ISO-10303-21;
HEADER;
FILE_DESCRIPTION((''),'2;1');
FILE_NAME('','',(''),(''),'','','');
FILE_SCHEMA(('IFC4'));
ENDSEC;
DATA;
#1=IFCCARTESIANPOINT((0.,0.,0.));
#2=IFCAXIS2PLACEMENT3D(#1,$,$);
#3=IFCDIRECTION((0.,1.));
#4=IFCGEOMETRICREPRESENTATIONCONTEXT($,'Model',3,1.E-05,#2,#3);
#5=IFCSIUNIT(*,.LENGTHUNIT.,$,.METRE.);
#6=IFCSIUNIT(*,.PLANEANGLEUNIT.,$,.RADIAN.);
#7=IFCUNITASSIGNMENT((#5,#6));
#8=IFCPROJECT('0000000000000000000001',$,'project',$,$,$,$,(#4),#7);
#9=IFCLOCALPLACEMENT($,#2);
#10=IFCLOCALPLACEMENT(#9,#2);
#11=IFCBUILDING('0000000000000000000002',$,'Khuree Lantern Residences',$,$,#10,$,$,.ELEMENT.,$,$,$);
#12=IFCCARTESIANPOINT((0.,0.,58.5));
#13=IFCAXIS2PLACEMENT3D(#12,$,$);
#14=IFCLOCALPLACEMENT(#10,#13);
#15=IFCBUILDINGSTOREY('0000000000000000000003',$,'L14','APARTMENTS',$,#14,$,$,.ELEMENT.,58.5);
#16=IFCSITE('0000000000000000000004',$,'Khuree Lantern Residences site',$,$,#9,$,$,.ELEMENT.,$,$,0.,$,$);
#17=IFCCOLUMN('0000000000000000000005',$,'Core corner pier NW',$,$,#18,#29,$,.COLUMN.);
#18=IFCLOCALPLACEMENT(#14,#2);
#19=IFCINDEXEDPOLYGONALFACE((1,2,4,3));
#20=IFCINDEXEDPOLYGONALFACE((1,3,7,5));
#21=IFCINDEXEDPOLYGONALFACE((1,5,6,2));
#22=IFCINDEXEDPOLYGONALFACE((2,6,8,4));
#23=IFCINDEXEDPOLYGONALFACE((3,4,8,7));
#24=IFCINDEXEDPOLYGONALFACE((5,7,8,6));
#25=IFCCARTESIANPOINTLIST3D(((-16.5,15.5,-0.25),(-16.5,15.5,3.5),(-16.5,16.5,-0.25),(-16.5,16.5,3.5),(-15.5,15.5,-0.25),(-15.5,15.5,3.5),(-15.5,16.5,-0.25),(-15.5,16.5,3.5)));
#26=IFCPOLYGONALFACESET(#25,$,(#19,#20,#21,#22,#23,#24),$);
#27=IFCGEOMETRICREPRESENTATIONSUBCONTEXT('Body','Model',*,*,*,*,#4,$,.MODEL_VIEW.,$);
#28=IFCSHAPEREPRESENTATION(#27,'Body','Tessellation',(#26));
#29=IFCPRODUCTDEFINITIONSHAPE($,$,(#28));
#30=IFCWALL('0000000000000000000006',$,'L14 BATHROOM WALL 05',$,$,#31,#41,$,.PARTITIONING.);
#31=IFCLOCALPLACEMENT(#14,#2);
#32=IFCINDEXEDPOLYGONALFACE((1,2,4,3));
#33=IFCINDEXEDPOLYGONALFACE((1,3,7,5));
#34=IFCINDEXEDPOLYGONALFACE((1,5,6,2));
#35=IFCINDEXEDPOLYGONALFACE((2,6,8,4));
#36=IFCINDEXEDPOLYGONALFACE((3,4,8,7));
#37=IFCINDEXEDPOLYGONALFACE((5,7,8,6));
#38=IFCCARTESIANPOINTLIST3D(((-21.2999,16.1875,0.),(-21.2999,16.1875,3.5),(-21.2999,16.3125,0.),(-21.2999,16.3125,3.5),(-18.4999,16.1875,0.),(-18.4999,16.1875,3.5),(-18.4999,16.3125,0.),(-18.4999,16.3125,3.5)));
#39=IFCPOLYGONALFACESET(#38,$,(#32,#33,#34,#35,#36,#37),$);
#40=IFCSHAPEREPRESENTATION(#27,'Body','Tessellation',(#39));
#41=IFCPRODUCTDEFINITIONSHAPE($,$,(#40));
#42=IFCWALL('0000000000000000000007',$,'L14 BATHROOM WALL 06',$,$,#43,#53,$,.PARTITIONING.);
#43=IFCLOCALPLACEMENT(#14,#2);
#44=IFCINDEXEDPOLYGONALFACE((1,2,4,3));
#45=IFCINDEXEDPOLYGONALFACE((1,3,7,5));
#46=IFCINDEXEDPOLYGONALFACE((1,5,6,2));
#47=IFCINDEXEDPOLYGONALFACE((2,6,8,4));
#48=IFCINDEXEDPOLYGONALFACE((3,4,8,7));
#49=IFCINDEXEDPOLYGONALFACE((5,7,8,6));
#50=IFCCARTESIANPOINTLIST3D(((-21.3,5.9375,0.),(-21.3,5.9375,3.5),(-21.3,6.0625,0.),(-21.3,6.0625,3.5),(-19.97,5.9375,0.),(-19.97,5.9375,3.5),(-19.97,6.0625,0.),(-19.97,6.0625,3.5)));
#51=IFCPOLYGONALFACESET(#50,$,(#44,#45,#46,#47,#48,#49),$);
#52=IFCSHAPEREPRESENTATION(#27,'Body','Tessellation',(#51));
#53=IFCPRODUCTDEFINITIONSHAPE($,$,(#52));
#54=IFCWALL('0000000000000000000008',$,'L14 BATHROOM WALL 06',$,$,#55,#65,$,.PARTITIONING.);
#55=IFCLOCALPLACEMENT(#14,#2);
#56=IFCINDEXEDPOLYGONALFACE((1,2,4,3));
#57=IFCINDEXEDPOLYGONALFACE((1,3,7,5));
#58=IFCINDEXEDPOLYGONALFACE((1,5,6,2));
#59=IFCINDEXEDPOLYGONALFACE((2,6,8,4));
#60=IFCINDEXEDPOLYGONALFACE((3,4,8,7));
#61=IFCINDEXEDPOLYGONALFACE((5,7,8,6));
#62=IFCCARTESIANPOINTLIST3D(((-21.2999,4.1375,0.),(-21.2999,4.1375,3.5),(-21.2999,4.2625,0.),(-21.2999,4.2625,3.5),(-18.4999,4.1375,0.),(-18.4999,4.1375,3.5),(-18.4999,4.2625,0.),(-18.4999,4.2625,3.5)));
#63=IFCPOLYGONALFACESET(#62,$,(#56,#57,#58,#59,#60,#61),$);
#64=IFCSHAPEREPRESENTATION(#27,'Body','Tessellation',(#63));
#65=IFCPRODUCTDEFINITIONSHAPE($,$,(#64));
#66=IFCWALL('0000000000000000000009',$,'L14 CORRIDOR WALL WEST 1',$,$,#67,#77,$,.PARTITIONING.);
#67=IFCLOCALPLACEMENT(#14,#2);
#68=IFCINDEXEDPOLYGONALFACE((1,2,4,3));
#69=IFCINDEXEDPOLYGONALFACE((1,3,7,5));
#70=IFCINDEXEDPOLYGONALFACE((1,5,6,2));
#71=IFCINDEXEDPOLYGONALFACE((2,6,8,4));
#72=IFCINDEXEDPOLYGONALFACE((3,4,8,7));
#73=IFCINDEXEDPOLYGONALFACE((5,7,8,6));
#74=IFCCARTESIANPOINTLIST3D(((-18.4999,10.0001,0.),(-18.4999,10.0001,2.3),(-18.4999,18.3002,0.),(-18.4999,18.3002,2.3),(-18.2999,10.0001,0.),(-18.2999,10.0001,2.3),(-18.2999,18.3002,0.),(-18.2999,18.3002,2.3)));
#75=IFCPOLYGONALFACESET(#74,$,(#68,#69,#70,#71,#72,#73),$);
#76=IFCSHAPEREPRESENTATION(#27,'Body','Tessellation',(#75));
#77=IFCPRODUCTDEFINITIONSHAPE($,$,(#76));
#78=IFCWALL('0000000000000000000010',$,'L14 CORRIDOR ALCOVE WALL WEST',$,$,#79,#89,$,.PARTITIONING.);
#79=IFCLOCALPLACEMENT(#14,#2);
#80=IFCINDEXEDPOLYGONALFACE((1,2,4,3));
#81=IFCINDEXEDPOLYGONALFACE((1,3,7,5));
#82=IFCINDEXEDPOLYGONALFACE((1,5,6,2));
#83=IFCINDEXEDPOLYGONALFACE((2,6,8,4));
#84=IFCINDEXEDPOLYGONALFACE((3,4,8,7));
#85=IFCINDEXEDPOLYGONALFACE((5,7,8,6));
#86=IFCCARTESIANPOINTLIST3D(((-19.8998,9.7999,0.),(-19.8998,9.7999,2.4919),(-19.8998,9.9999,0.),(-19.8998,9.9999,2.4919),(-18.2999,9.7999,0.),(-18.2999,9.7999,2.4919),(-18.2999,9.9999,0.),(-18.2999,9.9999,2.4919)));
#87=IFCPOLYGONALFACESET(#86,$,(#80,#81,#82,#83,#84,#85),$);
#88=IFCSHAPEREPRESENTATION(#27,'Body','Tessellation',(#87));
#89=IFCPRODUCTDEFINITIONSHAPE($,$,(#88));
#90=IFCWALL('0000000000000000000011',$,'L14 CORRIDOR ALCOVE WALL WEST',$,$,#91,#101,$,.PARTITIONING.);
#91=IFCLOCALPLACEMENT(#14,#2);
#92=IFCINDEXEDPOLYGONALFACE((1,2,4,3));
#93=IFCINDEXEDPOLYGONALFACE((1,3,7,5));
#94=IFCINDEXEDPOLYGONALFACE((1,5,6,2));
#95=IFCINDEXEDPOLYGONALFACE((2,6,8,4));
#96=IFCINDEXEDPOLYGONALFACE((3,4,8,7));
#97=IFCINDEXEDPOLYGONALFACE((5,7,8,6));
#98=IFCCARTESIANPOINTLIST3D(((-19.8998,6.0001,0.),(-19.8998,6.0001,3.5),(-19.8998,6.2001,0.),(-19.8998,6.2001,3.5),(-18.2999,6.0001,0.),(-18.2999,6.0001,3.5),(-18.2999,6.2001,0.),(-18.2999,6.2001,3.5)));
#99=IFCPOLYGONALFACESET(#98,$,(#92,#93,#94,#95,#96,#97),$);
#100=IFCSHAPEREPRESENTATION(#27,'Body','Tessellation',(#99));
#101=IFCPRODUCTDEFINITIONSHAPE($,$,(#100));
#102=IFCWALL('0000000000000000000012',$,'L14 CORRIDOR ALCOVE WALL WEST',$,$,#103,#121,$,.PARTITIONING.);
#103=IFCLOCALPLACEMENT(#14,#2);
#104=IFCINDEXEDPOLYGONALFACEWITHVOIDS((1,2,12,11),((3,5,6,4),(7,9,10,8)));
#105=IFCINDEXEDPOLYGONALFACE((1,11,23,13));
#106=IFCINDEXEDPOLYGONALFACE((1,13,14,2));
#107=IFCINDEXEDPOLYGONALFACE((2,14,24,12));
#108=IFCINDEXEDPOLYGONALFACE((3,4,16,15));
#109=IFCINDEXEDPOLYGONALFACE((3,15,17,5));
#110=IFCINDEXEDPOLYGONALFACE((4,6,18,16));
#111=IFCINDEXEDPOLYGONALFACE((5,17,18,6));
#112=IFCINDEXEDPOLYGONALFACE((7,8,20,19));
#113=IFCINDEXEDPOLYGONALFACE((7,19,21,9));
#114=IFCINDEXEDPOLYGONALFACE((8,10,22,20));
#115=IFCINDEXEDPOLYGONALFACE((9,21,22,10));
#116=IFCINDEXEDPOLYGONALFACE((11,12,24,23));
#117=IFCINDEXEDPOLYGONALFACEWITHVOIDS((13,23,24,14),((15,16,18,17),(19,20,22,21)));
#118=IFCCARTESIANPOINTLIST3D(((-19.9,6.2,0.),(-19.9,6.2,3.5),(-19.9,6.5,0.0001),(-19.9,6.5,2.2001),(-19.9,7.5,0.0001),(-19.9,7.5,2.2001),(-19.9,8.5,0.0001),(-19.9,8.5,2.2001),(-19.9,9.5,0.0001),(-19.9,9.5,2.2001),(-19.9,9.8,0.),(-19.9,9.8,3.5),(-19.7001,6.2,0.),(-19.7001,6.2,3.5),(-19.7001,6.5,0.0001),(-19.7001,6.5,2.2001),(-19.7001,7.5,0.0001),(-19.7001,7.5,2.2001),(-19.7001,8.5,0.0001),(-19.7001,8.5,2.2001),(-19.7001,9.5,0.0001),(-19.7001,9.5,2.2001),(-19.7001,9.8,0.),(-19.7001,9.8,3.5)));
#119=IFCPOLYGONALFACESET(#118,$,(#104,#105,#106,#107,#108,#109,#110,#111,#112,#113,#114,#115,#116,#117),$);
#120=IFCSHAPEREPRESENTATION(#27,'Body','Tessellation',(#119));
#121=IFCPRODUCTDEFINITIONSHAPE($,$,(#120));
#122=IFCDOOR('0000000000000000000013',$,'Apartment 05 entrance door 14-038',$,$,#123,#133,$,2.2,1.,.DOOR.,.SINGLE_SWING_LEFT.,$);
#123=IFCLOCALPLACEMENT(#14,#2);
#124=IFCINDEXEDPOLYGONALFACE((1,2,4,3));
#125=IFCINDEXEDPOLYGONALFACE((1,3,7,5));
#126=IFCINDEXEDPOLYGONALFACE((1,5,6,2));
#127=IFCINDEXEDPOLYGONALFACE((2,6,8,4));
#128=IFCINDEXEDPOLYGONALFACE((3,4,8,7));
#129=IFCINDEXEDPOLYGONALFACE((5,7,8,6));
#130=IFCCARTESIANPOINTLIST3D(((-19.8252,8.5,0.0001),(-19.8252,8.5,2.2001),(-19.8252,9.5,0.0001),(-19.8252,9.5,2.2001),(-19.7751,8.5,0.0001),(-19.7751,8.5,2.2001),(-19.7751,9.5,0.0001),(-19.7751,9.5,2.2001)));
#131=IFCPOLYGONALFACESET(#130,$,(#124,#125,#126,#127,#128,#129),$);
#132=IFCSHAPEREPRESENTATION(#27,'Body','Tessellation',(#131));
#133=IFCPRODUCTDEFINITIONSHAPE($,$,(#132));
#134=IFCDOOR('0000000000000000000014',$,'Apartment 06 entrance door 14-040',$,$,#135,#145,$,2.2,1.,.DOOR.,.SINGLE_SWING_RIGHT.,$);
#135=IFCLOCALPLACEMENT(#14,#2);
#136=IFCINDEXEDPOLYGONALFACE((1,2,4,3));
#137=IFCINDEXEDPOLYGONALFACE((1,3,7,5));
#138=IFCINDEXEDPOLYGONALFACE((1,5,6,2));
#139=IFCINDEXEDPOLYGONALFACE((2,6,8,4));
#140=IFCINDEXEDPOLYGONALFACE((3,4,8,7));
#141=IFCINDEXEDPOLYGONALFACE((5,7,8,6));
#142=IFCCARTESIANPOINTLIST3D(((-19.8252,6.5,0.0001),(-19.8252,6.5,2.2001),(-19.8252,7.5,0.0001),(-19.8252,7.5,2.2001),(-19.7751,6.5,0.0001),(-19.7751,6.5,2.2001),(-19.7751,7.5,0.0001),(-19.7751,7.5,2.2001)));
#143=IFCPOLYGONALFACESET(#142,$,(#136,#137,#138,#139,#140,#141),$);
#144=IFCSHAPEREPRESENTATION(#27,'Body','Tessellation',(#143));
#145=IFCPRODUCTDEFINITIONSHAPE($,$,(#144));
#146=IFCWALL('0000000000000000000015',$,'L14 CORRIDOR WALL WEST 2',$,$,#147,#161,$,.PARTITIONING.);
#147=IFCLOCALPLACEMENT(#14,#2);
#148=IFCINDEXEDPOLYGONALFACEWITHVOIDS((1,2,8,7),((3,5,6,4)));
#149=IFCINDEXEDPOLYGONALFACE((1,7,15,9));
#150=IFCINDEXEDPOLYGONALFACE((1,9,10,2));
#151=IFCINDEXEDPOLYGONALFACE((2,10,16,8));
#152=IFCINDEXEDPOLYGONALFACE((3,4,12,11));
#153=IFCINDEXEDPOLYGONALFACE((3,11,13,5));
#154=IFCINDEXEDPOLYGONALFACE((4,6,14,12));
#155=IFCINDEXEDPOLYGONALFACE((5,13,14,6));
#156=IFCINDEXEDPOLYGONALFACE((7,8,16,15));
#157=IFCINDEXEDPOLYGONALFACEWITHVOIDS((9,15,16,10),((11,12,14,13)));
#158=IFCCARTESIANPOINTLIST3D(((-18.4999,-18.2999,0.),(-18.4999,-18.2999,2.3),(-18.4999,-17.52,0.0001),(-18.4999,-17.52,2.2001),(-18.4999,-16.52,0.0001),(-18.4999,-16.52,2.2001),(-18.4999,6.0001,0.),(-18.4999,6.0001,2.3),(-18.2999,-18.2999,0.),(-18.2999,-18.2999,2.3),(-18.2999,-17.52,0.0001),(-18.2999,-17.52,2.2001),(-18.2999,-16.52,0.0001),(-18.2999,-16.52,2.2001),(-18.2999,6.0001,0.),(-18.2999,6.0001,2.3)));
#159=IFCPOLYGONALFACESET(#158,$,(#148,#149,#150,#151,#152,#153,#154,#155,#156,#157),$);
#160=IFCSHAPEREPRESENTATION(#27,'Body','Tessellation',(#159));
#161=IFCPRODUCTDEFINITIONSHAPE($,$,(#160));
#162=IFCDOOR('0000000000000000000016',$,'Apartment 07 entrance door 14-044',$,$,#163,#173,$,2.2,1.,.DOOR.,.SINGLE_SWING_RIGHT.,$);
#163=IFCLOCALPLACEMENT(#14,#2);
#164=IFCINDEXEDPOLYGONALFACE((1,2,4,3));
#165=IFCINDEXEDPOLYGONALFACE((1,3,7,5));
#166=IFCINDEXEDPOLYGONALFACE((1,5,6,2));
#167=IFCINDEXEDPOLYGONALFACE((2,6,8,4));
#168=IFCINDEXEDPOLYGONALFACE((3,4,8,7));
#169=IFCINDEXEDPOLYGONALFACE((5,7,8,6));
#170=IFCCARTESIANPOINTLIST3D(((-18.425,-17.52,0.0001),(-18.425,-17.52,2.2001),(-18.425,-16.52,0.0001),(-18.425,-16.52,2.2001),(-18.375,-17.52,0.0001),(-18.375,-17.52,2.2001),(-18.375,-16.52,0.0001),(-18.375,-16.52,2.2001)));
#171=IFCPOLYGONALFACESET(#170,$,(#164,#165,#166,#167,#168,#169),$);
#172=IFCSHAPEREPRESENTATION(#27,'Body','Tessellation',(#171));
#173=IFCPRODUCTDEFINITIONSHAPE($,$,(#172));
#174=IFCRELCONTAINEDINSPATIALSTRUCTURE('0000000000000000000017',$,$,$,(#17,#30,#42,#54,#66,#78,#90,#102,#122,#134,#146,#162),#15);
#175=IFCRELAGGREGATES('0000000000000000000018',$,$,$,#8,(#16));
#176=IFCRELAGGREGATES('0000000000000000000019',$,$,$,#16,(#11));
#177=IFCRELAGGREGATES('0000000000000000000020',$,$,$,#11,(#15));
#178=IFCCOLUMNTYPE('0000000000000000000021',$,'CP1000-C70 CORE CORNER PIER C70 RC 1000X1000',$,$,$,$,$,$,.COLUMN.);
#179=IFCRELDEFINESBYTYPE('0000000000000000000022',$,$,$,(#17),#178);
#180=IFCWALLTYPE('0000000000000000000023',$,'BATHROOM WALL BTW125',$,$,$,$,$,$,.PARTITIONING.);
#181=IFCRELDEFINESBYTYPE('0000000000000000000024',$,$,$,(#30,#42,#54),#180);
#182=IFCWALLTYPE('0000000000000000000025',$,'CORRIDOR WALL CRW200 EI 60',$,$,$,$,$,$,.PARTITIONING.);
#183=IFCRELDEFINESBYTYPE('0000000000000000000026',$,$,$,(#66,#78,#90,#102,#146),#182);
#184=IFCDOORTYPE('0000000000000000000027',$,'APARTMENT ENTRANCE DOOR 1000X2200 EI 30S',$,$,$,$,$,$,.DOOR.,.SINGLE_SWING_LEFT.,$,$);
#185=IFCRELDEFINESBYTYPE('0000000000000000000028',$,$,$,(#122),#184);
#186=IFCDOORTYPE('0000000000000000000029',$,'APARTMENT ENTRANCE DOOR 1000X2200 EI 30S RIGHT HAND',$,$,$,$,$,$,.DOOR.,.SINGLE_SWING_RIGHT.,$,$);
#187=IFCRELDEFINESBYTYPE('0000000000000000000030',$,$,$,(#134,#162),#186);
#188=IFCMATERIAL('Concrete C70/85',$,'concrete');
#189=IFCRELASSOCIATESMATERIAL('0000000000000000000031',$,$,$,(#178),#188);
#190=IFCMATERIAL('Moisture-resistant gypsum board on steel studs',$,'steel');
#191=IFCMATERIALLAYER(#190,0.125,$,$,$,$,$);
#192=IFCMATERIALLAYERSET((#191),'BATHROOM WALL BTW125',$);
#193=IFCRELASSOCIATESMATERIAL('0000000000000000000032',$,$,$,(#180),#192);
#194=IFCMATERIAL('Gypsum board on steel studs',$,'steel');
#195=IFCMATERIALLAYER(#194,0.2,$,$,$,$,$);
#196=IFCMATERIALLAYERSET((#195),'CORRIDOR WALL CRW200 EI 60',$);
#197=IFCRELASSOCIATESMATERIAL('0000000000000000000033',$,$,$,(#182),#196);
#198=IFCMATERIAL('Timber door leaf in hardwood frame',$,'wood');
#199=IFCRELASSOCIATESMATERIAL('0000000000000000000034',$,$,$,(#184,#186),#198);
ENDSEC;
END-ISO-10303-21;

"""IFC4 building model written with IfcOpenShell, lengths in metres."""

from ifc_helpers import new_model, si_unit, direction, frame, frame_2d, origin, origin_2d, place, context, subcontext, project, spatial, rectangle, extrude, material, layer, layer_set, material_profile, profile_set, type_object, element, fill, save


model = new_model("IFC4")

# Units and contexts
model_context = context("Model", 3, precision=1e-05, world=origin(), true_north=direction((0.0, 1.0)))
body_context = subcontext(model_context, "Body", "Model", "MODEL_VIEW")
ifc_project = project(units=[si_unit("LENGTHUNIT", "METRE"), si_unit("PLANEANGLEUNIT", "RADIAN")], contexts=[model_context])

# Site, building, storey
site_placement = place(None, origin())
site = spatial("IfcSite", under=ifc_project, at=site_placement, Name="Khuree Lantern Residences site", CompositionType="ELEMENT", RefElevation=0.0)
building_placement = place(site_placement, origin())
building = spatial("IfcBuilding", under=site, at=building_placement, Name="Khuree Lantern Residences", CompositionType="ELEMENT")
storey_placement = place(building_placement, frame((0.0, 0.0, 58.5)))
storey = spatial("IfcBuildingStorey", under=building, at=storey_placement, Name="L14", Description="APARTMENTS", CompositionType="ELEMENT", Elevation=58.5)

# Column
ifc_material_1 = material(Name="Concrete C70/85", Category="concrete")
ifc_material_profile = material_profile(ifc_material_1, rectangle(XDim=1.0, YDim=1.0, at=origin_2d()), Name="RC 1000X1000")
ifc_profile_set = profile_set([ifc_material_profile], Name="Concrete C70/85")
column_type = type_object("IfcColumnType", Name="CP1000-C70 CORE CORNER PIER C70 RC 1000X1000", PredefinedType="COLUMN", material=ifc_profile_set)
column_placement = place(storey_placement, frame((-16.0, 16.0, -0.25), z_axis=(0.0, 0.0, 1.0), x_axis=(1.0, 0.0, 0.0)))
element("IfcColumn", 1, at=column_placement, inside=storey, type_object=column_type, Name="Core corner pier NW", PredefinedType="COLUMN", context=body_context, shape_type="SweptSolid", body=[
    extrude(rectangle(XDim=1.0, YDim=1.0, at=origin_2d()), origin(), (0.0, 0.0, 1.0), 3.75),
])

# Walls
ifc_material_2 = material(Name="Moisture-resistant gypsum board on steel studs", Category="steel")
ifc_layer_1 = layer(ifc_material_2, 0.125)
ifc_layer_set_1 = layer_set([ifc_layer_1], Name="BATHROOM WALL BTW125")
wall_type_1 = type_object("IfcWallType", Name="BATHROOM WALL BTW125", PredefinedType="PARTITIONING", material=ifc_layer_set_1)
wall_1_placement = place(storey_placement, frame((-18.5, 16.25, 0.0), z_axis=(0.0, 0.0, 1.0), x_axis=(-1.0, 0.0, 0.0)))
element("IfcWall", 2, at=wall_1_placement, inside=storey, type_object=wall_type_1, Name="L14 BATHROOM WALL 05", PredefinedType="PARTITIONING", context=body_context, shape_type="SweptSolid", body=[
    extrude(rectangle(XDim=2.8, YDim=0.125, at=frame_2d((1.3999, 0.0))), origin(), (0.0, 0.0, 1.0), 3.5),
])
wall_2_placement = place(storey_placement, frame((-19.97, 6.0, 0.0), z_axis=(0.0, 0.0, 1.0), x_axis=(-1.0, 0.0, 0.0)))
element("IfcWall", 3, at=wall_2_placement, inside=storey, type_object=wall_type_1, Name="L14 BATHROOM WALL 06", PredefinedType="PARTITIONING", context=body_context, shape_type="SweptSolid", body=[
    extrude(rectangle(XDim=1.3301, YDim=0.125, at=frame_2d((0.665, 0.0))), origin(), (0.0, 0.0, 1.0), 3.5),
])
wall_3_placement = place(storey_placement, frame((-18.5, 4.2, 0.0), z_axis=(0.0, 0.0, 1.0), x_axis=(-1.0, 0.0, 0.0)))
element("IfcWall", 4, at=wall_3_placement, inside=storey, type_object=wall_type_1, Name="L14 BATHROOM WALL 06", PredefinedType="PARTITIONING", context=body_context, shape_type="SweptSolid", body=[
    extrude(rectangle(XDim=2.8, YDim=0.125, at=frame_2d((1.3999, 0.0))), origin(), (0.0, 0.0, 1.0), 3.5),
])
ifc_material_3 = material(Name="Gypsum board on steel studs", Category="steel")
ifc_layer_2 = layer(ifc_material_3, 0.2)
ifc_layer_set_2 = layer_set([ifc_layer_2], Name="CORRIDOR WALL CRW200 EI 60")
wall_type_2 = type_object("IfcWallType", Name="CORRIDOR WALL CRW200 EI 60", PredefinedType="PARTITIONING", material=ifc_layer_set_2)
wall_4_placement = place(storey_placement, frame((-18.3999, 18.3, 0.0), z_axis=(0.0, 0.0, 1.0), x_axis=(0.0, -1.0, 0.0)))
element("IfcWall", 5, at=wall_4_placement, inside=storey, type_object=wall_type_2, Name="L14 CORRIDOR WALL WEST 1", PredefinedType="PARTITIONING", context=body_context, shape_type="SweptSolid", body=[
    extrude(rectangle(XDim=8.3, YDim=0.2, at=frame_2d((4.1499, 0.0))), origin(), (0.0, 0.0, 1.0), 2.3),
])
wall_5_placement = place(storey_placement, frame((-18.3, 9.8999, 0.0), z_axis=(0.0, 0.0, 1.0), x_axis=(-1.0, 0.0, 0.0)))
element("IfcWall", 6, at=wall_5_placement, inside=storey, type_object=wall_type_2, Name="L14 CORRIDOR ALCOVE WALL WEST", PredefinedType="PARTITIONING", context=body_context, shape_type="SweptSolid", body=[
    extrude(rectangle(XDim=1.5999, YDim=0.2, at=frame_2d((0.7998, 0.0))), origin(), (0.0, 0.0, 1.0), 2.4919),
])
wall_6_placement = place(storey_placement, frame((-18.3, 6.1001, 0.0), z_axis=(0.0, 0.0, 1.0), x_axis=(-1.0, 0.0, 0.0)))
element("IfcWall", 7, at=wall_6_placement, inside=storey, type_object=wall_type_2, Name="L14 CORRIDOR ALCOVE WALL WEST", PredefinedType="PARTITIONING", context=body_context, shape_type="SweptSolid", body=[
    extrude(rectangle(XDim=1.5999, YDim=0.2, at=frame_2d((0.7998, 0.0))), origin(), (0.0, 0.0, 1.0), 3.5),
])

# Wall, openings, doors
wall_7_placement = place(storey_placement, frame((-19.8, 9.8, 0.0), z_axis=(0.0, 0.0, 1.0), x_axis=(0.0, -1.0, 0.0)))
wall_7 = element("IfcWall", 8, at=wall_7_placement, inside=storey, type_object=wall_type_2, Name="L14 CORRIDOR ALCOVE WALL WEST", PredefinedType="PARTITIONING", context=body_context, shape_type="SweptSolid", body=[
    extrude(rectangle(XDim=3.6001, YDim=0.2, at=frame_2d((1.8, 0.0))), origin(), (0.0, 0.0, 1.0), 3.5),
])
opening_1_placement = place(wall_7_placement, frame((0.3, 0.0, 0.0)))
opening_1 = element("IfcOpeningElement", 9, at=opening_1_placement, cuts=wall_7, PredefinedType="OPENING", context=body_context, shape_type="SweptSolid", body=[
    extrude(rectangle(XDim=1.0, YDim=2.2, at=frame_2d((0.5, 1.1001))), frame((0.0, 0.1099, 0.0), z_axis=(0.0, -1.0, 0.0), x_axis=(1.0, 0.0, 0.0)), (0.0, 0.0, 1.0), 0.22),
])
opening_2_placement = place(wall_7_placement, frame((2.3, 0.0, 0.0)))
opening_2 = element("IfcOpeningElement", 10, at=opening_2_placement, cuts=wall_7, PredefinedType="OPENING", context=body_context, shape_type="SweptSolid", body=[
    extrude(rectangle(XDim=1.0, YDim=2.2, at=frame_2d((0.5, 1.1001))), frame((0.0, 0.1099, 0.0), z_axis=(0.0, -1.0, 0.0), x_axis=(1.0, 0.0, 0.0)), (0.0, 0.0, 1.0), 0.22),
])
ifc_material_4 = material(Name="Timber door leaf in hardwood frame", Category="wood")
door_type_1 = type_object("IfcDoorType", Name="APARTMENT ENTRANCE DOOR 1000X2200 EI 30S", OperationType="SINGLE_SWING_LEFT", PredefinedType="DOOR", material=ifc_material_4)
door_1_placement = place(opening_1_placement, origin())
door_1 = element("IfcDoor", 11, at=door_1_placement, inside=storey, type_object=door_type_1, Name="Apartment 05 entrance door 14-038", OperationType="SINGLE_SWING_LEFT", OverallHeight=2.2, OverallWidth=1.0, PredefinedType="DOOR", context=body_context, shape_type="SweptSolid", body=[
    extrude(rectangle(XDim=1.0, YDim=2.2, at=frame_2d((0.5, 1.1001))), frame((0.0, 0.0249, 0.0), z_axis=(0.0, -1.0, 0.0), x_axis=(1.0, 0.0, 0.0)), (0.0, 0.0, 1.0), 0.05),
])
fill(opening_1, door_1)
door_type_2 = type_object("IfcDoorType", Name="APARTMENT ENTRANCE DOOR 1000X2200 EI 30S RIGHT HAND", OperationType="SINGLE_SWING_RIGHT", PredefinedType="DOOR", material=ifc_material_4)
door_2_placement = place(opening_2_placement, origin())
door_2 = element("IfcDoor", 12, at=door_2_placement, inside=storey, type_object=door_type_2, Name="Apartment 06 entrance door 14-040", OperationType="SINGLE_SWING_RIGHT", OverallHeight=2.2, OverallWidth=1.0, PredefinedType="DOOR", context=body_context, shape_type="SweptSolid", body=[
    extrude(rectangle(XDim=1.0, YDim=2.2, at=frame_2d((0.5, 1.1001))), frame((0.0, 0.0249, 0.0), z_axis=(0.0, -1.0, 0.0), x_axis=(1.0, 0.0, 0.0)), (0.0, 0.0, 1.0), 0.05),
])
fill(opening_2, door_2)

# Wall, opening, door
wall_8_placement = place(storey_placement, frame((-18.3999, 6.0, 0.0), z_axis=(0.0, 0.0, 1.0), x_axis=(0.0, -1.0, 0.0)))
wall_8 = element("IfcWall", 13, at=wall_8_placement, inside=storey, type_object=wall_type_2, Name="L14 CORRIDOR WALL WEST 2", PredefinedType="PARTITIONING", context=body_context, shape_type="SweptSolid", body=[
    extrude(rectangle(XDim=24.3, YDim=0.2, at=frame_2d((12.1499, 0.0))), origin(), (0.0, 0.0, 1.0), 2.3),
])
opening_3_placement = place(wall_8_placement, frame((22.52, 0.0, 0.0)))
opening_3 = element("IfcOpeningElement", 14, at=opening_3_placement, cuts=wall_8, PredefinedType="OPENING", context=body_context, shape_type="SweptSolid", body=[
    extrude(rectangle(XDim=1.0, YDim=2.2, at=frame_2d((0.5, 1.1001))), frame((0.0, 0.1099, 0.0), z_axis=(0.0, -1.0, 0.0), x_axis=(1.0, 0.0, 0.0)), (0.0, 0.0, 1.0), 0.22),
])
door_3_placement = place(opening_3_placement, origin())
door_3 = element("IfcDoor", 15, at=door_3_placement, inside=storey, type_object=door_type_2, Name="Apartment 07 entrance door 14-044", OperationType="SINGLE_SWING_RIGHT", OverallHeight=2.2, OverallWidth=1.0, PredefinedType="DOOR", context=body_context, shape_type="SweptSolid", body=[
    extrude(rectangle(XDim=1.0, YDim=2.2, at=frame_2d((0.5, 1.1001))), frame((0.0, 0.0249, 0.0), z_axis=(0.0, -1.0, 0.0), x_axis=(1.0, 0.0, 0.0)), (0.0, 0.0, 1.0), 0.05),
])
fill(opening_3, door_3)

save(model, "model.ifc")
